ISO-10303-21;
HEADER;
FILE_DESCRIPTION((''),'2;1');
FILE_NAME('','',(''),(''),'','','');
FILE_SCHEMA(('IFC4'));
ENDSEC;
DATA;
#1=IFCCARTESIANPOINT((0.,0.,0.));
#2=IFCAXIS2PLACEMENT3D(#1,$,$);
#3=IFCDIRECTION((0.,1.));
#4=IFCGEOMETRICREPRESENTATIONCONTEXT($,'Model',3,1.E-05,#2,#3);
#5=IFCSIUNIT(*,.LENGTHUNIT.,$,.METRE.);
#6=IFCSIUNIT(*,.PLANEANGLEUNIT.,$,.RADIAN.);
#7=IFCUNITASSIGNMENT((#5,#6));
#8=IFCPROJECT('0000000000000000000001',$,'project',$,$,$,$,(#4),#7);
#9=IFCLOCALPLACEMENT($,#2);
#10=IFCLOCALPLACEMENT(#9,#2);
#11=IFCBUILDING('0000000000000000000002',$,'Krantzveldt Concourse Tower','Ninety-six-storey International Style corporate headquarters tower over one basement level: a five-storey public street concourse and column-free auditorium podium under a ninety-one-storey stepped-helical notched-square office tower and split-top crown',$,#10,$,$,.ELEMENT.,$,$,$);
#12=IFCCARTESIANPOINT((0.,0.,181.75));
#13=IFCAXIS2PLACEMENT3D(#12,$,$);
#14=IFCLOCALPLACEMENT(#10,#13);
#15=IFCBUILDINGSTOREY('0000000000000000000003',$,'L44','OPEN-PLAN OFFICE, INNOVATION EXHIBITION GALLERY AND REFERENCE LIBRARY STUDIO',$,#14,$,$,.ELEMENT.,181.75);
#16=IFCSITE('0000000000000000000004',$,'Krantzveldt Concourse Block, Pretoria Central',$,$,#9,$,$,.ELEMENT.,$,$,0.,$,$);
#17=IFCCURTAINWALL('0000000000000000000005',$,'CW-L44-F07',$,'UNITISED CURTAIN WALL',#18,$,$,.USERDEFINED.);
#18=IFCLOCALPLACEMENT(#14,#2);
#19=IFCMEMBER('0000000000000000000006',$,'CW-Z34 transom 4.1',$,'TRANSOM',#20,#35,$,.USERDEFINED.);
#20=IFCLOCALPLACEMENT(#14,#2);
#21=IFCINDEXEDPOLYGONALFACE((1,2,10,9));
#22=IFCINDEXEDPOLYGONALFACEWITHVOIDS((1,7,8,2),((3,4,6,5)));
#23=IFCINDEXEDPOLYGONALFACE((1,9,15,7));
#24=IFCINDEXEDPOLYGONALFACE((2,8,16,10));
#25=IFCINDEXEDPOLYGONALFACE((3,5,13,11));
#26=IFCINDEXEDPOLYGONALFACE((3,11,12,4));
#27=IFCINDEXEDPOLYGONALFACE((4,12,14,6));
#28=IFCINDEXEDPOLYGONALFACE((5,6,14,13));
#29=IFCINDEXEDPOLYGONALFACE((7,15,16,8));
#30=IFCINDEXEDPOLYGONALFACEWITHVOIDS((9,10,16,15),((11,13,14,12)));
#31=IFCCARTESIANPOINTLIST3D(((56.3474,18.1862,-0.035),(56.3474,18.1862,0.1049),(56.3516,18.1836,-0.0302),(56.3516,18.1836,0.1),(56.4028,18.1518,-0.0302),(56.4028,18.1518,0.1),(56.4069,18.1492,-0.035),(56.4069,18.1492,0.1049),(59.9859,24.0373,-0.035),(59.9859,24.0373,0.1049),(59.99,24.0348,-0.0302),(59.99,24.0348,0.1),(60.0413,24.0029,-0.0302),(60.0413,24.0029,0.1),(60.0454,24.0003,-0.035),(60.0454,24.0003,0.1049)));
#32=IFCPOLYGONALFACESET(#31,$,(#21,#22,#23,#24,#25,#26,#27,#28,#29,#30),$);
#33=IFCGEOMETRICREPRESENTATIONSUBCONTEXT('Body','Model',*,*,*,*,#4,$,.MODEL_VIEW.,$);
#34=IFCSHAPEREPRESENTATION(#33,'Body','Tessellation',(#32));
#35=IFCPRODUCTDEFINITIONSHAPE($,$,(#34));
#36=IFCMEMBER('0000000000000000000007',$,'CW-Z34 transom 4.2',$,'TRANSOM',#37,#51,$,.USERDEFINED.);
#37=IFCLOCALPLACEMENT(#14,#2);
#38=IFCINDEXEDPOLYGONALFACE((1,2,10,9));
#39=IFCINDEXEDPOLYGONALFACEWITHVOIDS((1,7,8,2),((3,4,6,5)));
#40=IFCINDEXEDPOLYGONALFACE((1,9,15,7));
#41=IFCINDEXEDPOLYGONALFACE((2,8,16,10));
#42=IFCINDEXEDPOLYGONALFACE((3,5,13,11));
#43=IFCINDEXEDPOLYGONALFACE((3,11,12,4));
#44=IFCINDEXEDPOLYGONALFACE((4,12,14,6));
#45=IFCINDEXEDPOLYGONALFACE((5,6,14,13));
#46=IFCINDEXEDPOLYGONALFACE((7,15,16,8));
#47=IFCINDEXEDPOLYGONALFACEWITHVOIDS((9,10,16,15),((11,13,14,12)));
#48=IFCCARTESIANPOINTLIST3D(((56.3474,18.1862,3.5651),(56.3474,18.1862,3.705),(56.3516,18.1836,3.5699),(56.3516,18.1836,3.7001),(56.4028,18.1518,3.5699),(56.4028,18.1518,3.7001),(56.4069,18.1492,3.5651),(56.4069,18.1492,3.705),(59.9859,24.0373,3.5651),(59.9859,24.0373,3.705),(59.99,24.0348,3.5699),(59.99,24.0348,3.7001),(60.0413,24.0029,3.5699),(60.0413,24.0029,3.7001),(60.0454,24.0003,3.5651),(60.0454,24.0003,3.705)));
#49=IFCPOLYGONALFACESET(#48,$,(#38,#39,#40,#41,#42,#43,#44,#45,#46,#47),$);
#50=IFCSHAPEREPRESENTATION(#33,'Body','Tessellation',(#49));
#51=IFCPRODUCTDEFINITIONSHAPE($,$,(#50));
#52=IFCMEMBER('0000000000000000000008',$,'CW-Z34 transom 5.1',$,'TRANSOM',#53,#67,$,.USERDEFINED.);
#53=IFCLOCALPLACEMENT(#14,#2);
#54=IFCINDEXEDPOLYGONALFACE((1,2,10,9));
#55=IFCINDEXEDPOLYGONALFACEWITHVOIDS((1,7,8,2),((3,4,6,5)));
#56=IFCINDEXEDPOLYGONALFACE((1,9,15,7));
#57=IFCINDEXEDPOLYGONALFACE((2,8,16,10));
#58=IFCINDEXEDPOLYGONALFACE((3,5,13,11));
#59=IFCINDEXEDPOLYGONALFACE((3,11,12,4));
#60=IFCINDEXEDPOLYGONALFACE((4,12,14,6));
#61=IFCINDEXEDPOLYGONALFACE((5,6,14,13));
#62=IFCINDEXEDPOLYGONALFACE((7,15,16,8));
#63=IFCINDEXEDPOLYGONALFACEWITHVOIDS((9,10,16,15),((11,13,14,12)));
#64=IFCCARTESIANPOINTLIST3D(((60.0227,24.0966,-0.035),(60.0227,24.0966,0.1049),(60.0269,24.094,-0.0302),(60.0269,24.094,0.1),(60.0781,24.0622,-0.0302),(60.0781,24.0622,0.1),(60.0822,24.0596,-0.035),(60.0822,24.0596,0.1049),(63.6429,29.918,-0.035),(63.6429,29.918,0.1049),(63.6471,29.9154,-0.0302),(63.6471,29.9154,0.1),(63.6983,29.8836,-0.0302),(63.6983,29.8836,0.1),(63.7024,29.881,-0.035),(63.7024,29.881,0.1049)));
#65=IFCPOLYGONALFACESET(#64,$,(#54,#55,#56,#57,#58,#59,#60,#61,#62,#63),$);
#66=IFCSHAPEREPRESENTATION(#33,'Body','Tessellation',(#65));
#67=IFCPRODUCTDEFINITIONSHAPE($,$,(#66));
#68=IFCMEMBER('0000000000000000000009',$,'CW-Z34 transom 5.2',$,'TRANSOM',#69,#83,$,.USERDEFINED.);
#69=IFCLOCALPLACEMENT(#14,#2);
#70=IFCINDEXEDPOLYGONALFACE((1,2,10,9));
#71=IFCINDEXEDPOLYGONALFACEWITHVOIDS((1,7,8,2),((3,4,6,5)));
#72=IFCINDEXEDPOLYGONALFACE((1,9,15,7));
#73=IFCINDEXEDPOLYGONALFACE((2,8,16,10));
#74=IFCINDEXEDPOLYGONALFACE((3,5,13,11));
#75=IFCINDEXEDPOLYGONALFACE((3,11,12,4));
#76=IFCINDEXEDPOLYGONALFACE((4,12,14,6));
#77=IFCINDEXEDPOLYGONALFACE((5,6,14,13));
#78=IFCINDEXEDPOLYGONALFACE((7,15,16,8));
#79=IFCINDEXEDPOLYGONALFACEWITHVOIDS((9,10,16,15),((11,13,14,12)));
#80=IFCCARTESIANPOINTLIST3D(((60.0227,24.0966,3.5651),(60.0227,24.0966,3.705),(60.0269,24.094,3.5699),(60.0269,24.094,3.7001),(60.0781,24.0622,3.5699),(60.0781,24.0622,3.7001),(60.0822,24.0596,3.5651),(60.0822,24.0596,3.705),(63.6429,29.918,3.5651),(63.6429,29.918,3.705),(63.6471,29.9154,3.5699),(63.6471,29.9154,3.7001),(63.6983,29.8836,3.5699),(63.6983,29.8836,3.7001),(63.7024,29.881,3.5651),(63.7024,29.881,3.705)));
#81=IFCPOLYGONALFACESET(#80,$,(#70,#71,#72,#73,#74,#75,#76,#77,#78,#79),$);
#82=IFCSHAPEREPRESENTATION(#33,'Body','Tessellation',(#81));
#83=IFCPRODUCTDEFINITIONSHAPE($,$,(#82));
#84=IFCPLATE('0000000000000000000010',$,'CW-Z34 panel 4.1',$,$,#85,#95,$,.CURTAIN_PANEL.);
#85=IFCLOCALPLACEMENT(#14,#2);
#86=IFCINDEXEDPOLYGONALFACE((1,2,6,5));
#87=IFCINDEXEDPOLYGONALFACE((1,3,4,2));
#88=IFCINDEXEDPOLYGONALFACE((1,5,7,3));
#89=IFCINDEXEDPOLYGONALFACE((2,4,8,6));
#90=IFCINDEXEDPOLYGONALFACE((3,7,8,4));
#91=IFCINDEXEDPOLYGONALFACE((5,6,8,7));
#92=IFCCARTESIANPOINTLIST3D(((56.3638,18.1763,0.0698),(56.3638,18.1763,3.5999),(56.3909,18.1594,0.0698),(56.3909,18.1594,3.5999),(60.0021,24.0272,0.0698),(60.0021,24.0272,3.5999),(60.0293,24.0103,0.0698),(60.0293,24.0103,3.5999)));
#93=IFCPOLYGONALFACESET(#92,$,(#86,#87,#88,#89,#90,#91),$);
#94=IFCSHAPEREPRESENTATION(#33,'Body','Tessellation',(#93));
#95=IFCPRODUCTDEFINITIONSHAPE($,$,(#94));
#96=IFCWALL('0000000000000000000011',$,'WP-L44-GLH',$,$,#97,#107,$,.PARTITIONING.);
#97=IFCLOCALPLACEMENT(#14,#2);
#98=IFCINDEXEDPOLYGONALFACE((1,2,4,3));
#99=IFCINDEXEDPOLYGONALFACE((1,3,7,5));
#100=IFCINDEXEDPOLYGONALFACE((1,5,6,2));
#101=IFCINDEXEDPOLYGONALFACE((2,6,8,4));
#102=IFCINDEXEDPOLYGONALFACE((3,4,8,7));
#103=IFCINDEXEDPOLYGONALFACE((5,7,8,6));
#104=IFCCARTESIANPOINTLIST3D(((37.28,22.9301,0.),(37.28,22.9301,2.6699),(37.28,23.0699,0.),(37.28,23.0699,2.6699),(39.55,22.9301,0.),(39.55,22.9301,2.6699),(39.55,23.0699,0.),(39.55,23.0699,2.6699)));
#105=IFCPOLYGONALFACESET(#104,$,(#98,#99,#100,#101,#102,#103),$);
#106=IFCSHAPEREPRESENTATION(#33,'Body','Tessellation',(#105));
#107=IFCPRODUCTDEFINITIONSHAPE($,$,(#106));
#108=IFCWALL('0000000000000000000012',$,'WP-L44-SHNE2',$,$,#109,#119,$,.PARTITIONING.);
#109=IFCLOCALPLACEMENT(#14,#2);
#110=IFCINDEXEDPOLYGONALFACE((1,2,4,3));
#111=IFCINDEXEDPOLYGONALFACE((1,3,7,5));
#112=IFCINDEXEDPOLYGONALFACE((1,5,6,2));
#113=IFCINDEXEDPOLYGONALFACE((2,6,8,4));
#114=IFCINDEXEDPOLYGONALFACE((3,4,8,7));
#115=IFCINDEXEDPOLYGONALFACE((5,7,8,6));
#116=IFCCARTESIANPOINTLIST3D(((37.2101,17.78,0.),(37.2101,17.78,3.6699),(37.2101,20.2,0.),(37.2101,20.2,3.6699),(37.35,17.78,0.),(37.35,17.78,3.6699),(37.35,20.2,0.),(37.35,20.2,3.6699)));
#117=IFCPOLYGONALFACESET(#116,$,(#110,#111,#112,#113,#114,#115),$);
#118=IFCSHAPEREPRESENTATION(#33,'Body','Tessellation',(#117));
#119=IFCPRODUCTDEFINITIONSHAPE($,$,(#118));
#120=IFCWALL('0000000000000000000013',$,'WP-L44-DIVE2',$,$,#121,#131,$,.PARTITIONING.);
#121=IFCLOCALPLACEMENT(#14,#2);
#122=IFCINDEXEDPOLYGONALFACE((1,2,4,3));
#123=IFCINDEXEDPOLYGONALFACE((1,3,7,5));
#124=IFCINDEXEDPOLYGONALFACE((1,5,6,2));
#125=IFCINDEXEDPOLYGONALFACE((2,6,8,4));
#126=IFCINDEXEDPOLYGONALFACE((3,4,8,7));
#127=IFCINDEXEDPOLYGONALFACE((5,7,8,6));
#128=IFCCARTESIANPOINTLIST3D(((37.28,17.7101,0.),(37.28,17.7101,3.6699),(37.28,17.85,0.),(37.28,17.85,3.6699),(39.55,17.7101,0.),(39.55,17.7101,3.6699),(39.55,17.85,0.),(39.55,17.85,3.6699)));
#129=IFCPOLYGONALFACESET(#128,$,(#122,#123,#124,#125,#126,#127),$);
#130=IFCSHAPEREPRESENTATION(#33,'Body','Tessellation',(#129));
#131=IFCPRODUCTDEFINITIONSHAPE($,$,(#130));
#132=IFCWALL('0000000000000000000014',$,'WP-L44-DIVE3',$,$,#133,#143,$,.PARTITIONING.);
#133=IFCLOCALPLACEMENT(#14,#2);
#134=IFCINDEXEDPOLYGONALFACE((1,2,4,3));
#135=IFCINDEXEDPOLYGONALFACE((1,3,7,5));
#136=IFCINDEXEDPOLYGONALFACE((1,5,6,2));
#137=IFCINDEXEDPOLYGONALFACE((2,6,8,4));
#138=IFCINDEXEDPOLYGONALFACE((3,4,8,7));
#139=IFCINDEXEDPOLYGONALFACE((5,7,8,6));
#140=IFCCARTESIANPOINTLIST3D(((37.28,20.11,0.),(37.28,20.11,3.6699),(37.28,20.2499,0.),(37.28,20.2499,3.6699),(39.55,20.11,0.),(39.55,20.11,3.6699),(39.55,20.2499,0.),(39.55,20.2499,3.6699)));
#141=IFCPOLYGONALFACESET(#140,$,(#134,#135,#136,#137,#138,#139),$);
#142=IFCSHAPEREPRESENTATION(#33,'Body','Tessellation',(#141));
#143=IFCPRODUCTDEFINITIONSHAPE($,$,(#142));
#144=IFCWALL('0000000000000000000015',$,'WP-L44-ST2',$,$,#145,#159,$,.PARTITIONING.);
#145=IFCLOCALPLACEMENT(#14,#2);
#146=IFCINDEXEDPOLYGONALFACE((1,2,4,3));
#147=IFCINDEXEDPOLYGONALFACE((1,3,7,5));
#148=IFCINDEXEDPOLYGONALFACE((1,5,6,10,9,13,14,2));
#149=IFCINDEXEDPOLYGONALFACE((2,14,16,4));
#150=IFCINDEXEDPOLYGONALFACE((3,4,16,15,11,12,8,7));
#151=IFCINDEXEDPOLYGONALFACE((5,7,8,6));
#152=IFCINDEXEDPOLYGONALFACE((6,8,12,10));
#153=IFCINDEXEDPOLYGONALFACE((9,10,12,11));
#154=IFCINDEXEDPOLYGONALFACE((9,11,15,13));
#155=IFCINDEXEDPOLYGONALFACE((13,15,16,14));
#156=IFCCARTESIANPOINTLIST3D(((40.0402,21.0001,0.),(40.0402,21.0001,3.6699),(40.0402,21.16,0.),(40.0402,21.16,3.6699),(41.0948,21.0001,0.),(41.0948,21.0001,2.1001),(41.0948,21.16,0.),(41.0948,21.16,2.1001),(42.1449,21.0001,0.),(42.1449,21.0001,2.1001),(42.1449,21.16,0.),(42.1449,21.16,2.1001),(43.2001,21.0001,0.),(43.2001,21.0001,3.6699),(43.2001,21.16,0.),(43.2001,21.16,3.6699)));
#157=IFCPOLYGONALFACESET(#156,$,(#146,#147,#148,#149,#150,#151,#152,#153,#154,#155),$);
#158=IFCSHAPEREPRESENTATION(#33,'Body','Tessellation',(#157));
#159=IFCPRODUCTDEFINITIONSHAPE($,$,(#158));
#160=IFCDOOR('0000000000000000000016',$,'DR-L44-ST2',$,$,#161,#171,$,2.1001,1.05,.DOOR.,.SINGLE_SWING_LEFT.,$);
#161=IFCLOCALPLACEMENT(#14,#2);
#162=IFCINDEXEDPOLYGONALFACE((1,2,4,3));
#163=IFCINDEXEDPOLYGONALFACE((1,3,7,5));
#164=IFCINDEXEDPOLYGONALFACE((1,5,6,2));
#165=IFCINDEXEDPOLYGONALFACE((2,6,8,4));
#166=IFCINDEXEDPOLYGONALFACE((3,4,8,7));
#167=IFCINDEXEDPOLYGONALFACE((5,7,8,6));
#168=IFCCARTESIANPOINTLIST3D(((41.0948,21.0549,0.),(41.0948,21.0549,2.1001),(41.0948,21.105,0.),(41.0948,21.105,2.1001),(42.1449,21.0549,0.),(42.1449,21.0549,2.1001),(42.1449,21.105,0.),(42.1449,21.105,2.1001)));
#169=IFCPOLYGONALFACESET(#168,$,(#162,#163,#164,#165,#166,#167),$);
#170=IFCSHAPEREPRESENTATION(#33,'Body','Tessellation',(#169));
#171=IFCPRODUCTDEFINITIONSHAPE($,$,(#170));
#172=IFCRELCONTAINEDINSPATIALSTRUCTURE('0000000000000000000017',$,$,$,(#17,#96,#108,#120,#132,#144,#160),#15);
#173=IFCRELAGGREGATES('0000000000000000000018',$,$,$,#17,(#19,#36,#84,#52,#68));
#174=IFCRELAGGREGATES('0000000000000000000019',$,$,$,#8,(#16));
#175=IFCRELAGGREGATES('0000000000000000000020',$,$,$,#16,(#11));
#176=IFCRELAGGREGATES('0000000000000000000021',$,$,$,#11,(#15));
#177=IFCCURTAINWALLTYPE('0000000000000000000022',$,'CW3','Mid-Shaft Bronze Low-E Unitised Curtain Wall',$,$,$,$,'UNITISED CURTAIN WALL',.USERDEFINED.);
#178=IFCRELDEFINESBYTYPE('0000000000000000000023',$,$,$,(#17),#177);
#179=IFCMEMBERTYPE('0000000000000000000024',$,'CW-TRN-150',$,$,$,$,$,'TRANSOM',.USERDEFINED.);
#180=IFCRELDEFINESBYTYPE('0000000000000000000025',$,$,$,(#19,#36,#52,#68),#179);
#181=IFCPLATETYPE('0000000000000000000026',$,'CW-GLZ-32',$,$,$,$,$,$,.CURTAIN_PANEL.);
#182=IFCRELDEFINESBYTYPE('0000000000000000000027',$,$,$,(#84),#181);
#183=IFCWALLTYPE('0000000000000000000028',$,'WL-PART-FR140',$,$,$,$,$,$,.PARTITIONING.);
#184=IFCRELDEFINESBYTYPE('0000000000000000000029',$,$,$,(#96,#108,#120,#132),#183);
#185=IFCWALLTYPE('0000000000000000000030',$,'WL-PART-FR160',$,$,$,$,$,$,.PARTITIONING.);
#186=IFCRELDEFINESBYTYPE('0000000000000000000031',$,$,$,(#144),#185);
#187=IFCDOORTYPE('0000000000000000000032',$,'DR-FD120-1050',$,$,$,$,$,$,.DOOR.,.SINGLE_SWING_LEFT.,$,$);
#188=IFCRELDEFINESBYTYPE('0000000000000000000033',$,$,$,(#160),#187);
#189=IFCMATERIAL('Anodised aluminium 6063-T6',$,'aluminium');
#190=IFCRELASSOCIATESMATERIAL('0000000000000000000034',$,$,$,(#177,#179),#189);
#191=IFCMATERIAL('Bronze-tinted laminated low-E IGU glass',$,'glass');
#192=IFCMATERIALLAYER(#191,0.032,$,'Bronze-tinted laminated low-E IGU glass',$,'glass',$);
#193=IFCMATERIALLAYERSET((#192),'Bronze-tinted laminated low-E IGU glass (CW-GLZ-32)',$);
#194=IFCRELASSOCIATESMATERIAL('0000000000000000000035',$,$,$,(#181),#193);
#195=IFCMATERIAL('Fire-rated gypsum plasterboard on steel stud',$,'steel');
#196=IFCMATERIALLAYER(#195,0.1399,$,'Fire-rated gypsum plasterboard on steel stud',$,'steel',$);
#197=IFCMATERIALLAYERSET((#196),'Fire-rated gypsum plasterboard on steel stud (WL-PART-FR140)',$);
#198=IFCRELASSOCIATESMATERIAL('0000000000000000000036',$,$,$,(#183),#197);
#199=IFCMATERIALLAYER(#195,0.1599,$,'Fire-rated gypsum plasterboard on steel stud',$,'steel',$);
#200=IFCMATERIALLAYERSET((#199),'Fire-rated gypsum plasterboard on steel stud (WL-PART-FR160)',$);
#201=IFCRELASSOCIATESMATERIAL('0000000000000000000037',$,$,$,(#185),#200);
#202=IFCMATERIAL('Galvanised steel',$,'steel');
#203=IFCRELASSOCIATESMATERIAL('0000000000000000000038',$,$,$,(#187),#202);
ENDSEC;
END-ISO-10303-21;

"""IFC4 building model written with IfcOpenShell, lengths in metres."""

from ifc_helpers import new_model, si_unit, direction, frame, frame_2d, origin, origin_2d, place, context, subcontext, project, spatial, rectangle, hollow_rectangle, extrude, source, transform, mapped, material, layer, layer_set, material_profile, profile_set, type_object, type_shapes, element, fill, aggregate, save


model = new_model("IFC4")

# Units and contexts
model_context = context("Model", 3, precision=1e-05, world=origin(), true_north=direction((0.0, 1.0)))
body_context = subcontext(model_context, "Body", "Model", "MODEL_VIEW")
ifc_project = project(units=[si_unit("LENGTHUNIT", "METRE"), si_unit("PLANEANGLEUNIT", "RADIAN")], contexts=[model_context])

# Site, building, storey
site_placement = place(None, origin())
site = spatial("IfcSite", under=ifc_project, at=site_placement, Name="Krantzveldt Concourse Block, Pretoria Central", CompositionType="ELEMENT", RefElevation=0.0)
building_placement = place(site_placement, origin())
building = spatial("IfcBuilding", under=site, at=building_placement, Name="Krantzveldt Concourse Tower", Description="Ninety-six-storey International Style corporate headquarters tower over one basement level: a five-storey public street concourse and column-free auditorium podium under a ninety-one-storey stepped-helical notched-square office tower and split-top crown", CompositionType="ELEMENT")
storey_placement = place(building_placement, frame((0.0, 0.0, 181.75)))
storey = spatial("IfcBuildingStorey", under=building, at=storey_placement, Name="L44", Description="OPEN-PLAN OFFICE, INNOVATION EXHIBITION GALLERY AND REFERENCE LIBRARY STUDIO", CompositionType="ELEMENT", Elevation=181.75)

# Curtain wall, members, plate
ifc_material_1 = material(Name="Anodised aluminium 6063-T6", Category="aluminium")
curtain_wall_type = type_object("IfcCurtainWallType", Name="CW3", Description="Mid-Shaft Bronze Low-E Unitised Curtain Wall", ElementType="UNITISED CURTAIN WALL", PredefinedType="USERDEFINED", material=ifc_material_1)
curtain_wall_placement = place(storey_placement, origin())
curtain_wall = element("IfcCurtainWall", 1, at=curtain_wall_placement, inside=storey, type_object=curtain_wall_type, Name="CW-L44-F07", ObjectType="UNITISED CURTAIN WALL", PredefinedType="USERDEFINED")
ifc_material_profile_1 = material_profile(ifc_material_1, hollow_rectangle(XDim=0.0701, YDim=0.1399, WallThickness=0.0049, at=origin_2d()), Name="Anodised aluminium 6063-T6", Category="aluminium")
ifc_profile_set_1 = profile_set([ifc_material_profile_1], Name="Anodised aluminium 6063-T6 - ALU-TRAN 140x70x5")
member_type_1 = type_object("IfcMemberType", Name="CW-TRN-150", ElementType="TRANSOM", PredefinedType="USERDEFINED", material=ifc_profile_set_1)
shared_shape_1 = source(origin(), body_context, "Body", "SweptSolid", [
    extrude(hollow_rectangle(XDim=0.0701, YDim=0.1399, WallThickness=0.0049, at=origin_2d()), origin(), (0.0, 0.0, 1.0), 6.8901),
])
member_1_placement = place(storey_placement, frame((56.3772, 18.1677, 0.0349), z_axis=(0.528067, 0.849202, 0.0), x_axis=(-0.849202, 0.528067, 0.0)))
member_1 = element("IfcMember", 2, at=member_1_placement, type_object=member_type_1, Name="CW-Z34 transom 4.1", ObjectType="TRANSOM", PredefinedType="USERDEFINED", context=body_context, shape_type="MappedRepresentation", body=[
    mapped(shared_shape_1, transform((0.0, 0.0, 0.0), x_axis=(1.0, 0.0, 0.0), y_axis=(0.0, 1.0, 0.0), z_axis=(0.0, 0.0, 1.0), scale=1.0)),
])
member_2_placement = place(storey_placement, frame((56.3772, 18.1677, 3.635), z_axis=(0.528067, 0.849202, 0.0), x_axis=(-0.849202, 0.528067, 0.0)))
member_2 = element("IfcMember", 3, at=member_2_placement, type_object=member_type_1, Name="CW-Z34 transom 4.2", ObjectType="TRANSOM", PredefinedType="USERDEFINED", context=body_context, shape_type="MappedRepresentation", body=[
    mapped(shared_shape_1, transform((0.0, 0.0, 0.0), x_axis=(1.0, 0.0, 0.0), y_axis=(0.0, 1.0, 0.0), z_axis=(0.0, 0.0, 1.0), scale=1.0)),
])
shared_shape_2 = source(origin(), body_context, "Body", "SweptSolid", [
    extrude(hollow_rectangle(XDim=0.0701, YDim=0.1399, WallThickness=0.0049, at=origin_2d()), origin(), (0.0, 0.0, 1.0), 6.8552),
])
type_shapes(member_type_1, [shared_shape_1, shared_shape_2])
member_3_placement = place(storey_placement, frame((60.0525, 24.0781, 0.0349), z_axis=(0.52809, 0.849189, 0.0), x_axis=(-0.849189, 0.52809, 0.0)))
member_3 = element("IfcMember", 4, at=member_3_placement, type_object=member_type_1, Name="CW-Z34 transom 5.1", ObjectType="TRANSOM", PredefinedType="USERDEFINED", context=body_context, shape_type="MappedRepresentation", body=[
    mapped(shared_shape_2, transform((0.0, 0.0, 0.0), x_axis=(1.0, 0.0, 0.0), y_axis=(0.0, 1.0, 0.0), z_axis=(0.0, 0.0, 1.0), scale=1.0)),
])
member_4_placement = place(storey_placement, frame((60.0525, 24.0781, 3.635), z_axis=(0.52809, 0.849189, 0.0), x_axis=(-0.849189, 0.52809, 0.0)))
member_4 = element("IfcMember", 5, at=member_4_placement, type_object=member_type_1, Name="CW-Z34 transom 5.2", ObjectType="TRANSOM", PredefinedType="USERDEFINED", context=body_context, shape_type="MappedRepresentation", body=[
    mapped(shared_shape_2, transform((0.0, 0.0, 0.0), x_axis=(1.0, 0.0, 0.0), y_axis=(0.0, 1.0, 0.0), z_axis=(0.0, 0.0, 1.0), scale=1.0)),
])
ifc_material_2 = material(Name="Bronze-tinted laminated low-E IGU glass", Category="glass")
ifc_layer_1 = layer(ifc_material_2, 0.032, Name="Bronze-tinted laminated low-E IGU glass", Category="glass")
ifc_layer_set_1 = layer_set([ifc_layer_1], Name="Bronze-tinted laminated low-E IGU glass (CW-GLZ-32)")
plate_type = type_object("IfcPlateType", Name="CW-GLZ-32", PredefinedType="CURTAIN_PANEL", material=ifc_layer_set_1)
shared_shape_3 = source(origin(), body_context, "Body", "SweptSolid", [
    extrude(rectangle(XDim=6.8899, YDim=0.032, at=origin_2d()), origin(), (0.0, 0.0, 1.0), 3.53),
])
type_shapes(plate_type, [shared_shape_3])
plate_placement = place(storey_placement, frame((58.1965, 21.0933, 0.0698), z_axis=(0.0, 0.0, 1.0), x_axis=(0.528068, 0.849202, 0.0)))
plate = element("IfcPlate", 6, at=plate_placement, type_object=plate_type, Name="CW-Z34 panel 4.1", PredefinedType="CURTAIN_PANEL", context=body_context, shape_type="MappedRepresentation", body=[
    mapped(shared_shape_3, transform((0.0, 0.0, 0.0), x_axis=(1.0, 0.0, 0.0), y_axis=(0.0, 1.0, 0.0), z_axis=(0.0, 0.0, 1.0), scale=1.0)),
])
aggregate(curtain_wall, [member_1, member_2, plate, member_3, member_4])

# Shared definitions
ifc_material_3 = material(Name="Fire-rated gypsum plasterboard on steel stud", Category="steel")
ifc_layer_2 = layer(ifc_material_3, 0.1399, Name="Fire-rated gypsum plasterboard on steel stud", Category="steel")
ifc_layer_set_2 = layer_set([ifc_layer_2], Name="Fire-rated gypsum plasterboard on steel stud (WL-PART-FR140)")
wall_type_1 = type_object("IfcWallType", Name="WL-PART-FR140", PredefinedType="PARTITIONING", material=ifc_layer_set_2)

# Walls
wall_1_placement = place(storey_placement, frame((37.28, 23.0, 0.0), z_axis=(0.0, 0.0, 1.0), x_axis=(1.0, 0.0, 0.0)))
element("IfcWall", 7, at=wall_1_placement, inside=storey, type_object=wall_type_1, Name="WP-L44-GLH", PredefinedType="PARTITIONING", context=body_context, shape_type="SweptSolid", body=[
    extrude(rectangle(XDim=2.27, YDim=0.1399, at=frame_2d((1.135, 0.0))), origin(), (0.0, 0.0, 1.0), 2.6699),
])
wall_2_placement = place(storey_placement, frame((37.28, 17.78, 0.0), z_axis=(0.0, 0.0, 1.0), x_axis=(0.0, 1.0, 0.0)))
element("IfcWall", 8, at=wall_2_placement, inside=storey, type_object=wall_type_1, Name="WP-L44-SHNE2", PredefinedType="PARTITIONING", context=body_context, shape_type="SweptSolid", body=[
    extrude(rectangle(XDim=2.4199, YDim=0.1399, at=frame_2d((1.21, 0.0))), origin(), (0.0, 0.0, 1.0), 3.6699),
])
for number, where, z_axis, x_axis, name in (
    (9, (37.28, 17.78, 0.0), (0.0, 0.0, 1.0), (1.0, 0.0, 0.0), "WP-L44-DIVE2"),
    (10, (37.28, 20.1799, 0.0), (0.0, 0.0, 1.0), (1.0, 0.0, 0.0), "WP-L44-DIVE3"),
):
    element("IfcWall", number, at=place(storey_placement, frame(where, z_axis=z_axis, x_axis=x_axis)), inside=storey, type_object=wall_type_1, Name=name, PredefinedType="PARTITIONING", context=body_context, shape_type="SweptSolid", body=[
        extrude(rectangle(XDim=2.27, YDim=0.1399, at=frame_2d((1.135, 0.0))), origin(), (0.0, 0.0, 1.0), 3.6699),
    ])

# Wall, opening, door
ifc_layer_3 = layer(ifc_material_3, 0.1599, Name="Fire-rated gypsum plasterboard on steel stud", Category="steel")
ifc_layer_set_3 = layer_set([ifc_layer_3], Name="Fire-rated gypsum plasterboard on steel stud (WL-PART-FR160)")
wall_type_2 = type_object("IfcWallType", Name="WL-PART-FR160", PredefinedType="PARTITIONING", material=ifc_layer_set_3)
wall_3_placement = place(storey_placement, frame((40.04, 21.0801, 0.0), z_axis=(0.0, 0.0, 1.0), x_axis=(1.0, 0.0, 0.0)))
wall_3 = element("IfcWall", 11, at=wall_3_placement, inside=storey, type_object=wall_type_2, Name="WP-L44-ST2", PredefinedType="PARTITIONING", context=body_context, shape_type="SweptSolid", body=[
    extrude(rectangle(XDim=3.1599, YDim=0.1599, at=frame_2d((1.5801, 0.0))), origin(), (0.0, 0.0, 1.0), 3.6699),
])
opening_1_placement = place(wall_3_placement, frame((1.0549, 0.0, 0.0)))
opening_1 = element("IfcOpeningElement", 12, at=opening_1_placement, cuts=wall_3, PredefinedType="OPENING", context=body_context, shape_type="SweptSolid", body=[
    extrude(rectangle(XDim=1.05, YDim=2.1001, at=frame_2d((0.5249, 1.05))), frame((0.0, 0.0898, 0.0), z_axis=(0.0, -1.0, 0.0), x_axis=(1.0, 0.0, 0.0)), (0.0, 0.0, 1.0), 0.1799),
])
ifc_material_4 = material(Name="Galvanised steel", Category="steel")
door_type_1 = type_object("IfcDoorType", Name="DR-FD120-1050", OperationType="SINGLE_SWING_LEFT", PredefinedType="DOOR", material=ifc_material_4)
door_1_placement = place(opening_1_placement, origin())
door_1 = element("IfcDoor", 13, at=door_1_placement, inside=storey, type_object=door_type_1, Name="DR-L44-ST2", OperationType="SINGLE_SWING_LEFT", OverallHeight=2.1001, OverallWidth=1.05, PredefinedType="DOOR", context=body_context, shape_type="SweptSolid", body=[
    extrude(rectangle(XDim=1.05, YDim=2.1001, at=frame_2d((0.5249, 1.05))), frame((0.0, 0.0249, 0.0), z_axis=(0.0, -1.0, 0.0), x_axis=(1.0, 0.0, 0.0)), (0.0, 0.0, 1.0), 0.05),
])
fill(opening_1, door_1)

save(model, "model.ifc")
